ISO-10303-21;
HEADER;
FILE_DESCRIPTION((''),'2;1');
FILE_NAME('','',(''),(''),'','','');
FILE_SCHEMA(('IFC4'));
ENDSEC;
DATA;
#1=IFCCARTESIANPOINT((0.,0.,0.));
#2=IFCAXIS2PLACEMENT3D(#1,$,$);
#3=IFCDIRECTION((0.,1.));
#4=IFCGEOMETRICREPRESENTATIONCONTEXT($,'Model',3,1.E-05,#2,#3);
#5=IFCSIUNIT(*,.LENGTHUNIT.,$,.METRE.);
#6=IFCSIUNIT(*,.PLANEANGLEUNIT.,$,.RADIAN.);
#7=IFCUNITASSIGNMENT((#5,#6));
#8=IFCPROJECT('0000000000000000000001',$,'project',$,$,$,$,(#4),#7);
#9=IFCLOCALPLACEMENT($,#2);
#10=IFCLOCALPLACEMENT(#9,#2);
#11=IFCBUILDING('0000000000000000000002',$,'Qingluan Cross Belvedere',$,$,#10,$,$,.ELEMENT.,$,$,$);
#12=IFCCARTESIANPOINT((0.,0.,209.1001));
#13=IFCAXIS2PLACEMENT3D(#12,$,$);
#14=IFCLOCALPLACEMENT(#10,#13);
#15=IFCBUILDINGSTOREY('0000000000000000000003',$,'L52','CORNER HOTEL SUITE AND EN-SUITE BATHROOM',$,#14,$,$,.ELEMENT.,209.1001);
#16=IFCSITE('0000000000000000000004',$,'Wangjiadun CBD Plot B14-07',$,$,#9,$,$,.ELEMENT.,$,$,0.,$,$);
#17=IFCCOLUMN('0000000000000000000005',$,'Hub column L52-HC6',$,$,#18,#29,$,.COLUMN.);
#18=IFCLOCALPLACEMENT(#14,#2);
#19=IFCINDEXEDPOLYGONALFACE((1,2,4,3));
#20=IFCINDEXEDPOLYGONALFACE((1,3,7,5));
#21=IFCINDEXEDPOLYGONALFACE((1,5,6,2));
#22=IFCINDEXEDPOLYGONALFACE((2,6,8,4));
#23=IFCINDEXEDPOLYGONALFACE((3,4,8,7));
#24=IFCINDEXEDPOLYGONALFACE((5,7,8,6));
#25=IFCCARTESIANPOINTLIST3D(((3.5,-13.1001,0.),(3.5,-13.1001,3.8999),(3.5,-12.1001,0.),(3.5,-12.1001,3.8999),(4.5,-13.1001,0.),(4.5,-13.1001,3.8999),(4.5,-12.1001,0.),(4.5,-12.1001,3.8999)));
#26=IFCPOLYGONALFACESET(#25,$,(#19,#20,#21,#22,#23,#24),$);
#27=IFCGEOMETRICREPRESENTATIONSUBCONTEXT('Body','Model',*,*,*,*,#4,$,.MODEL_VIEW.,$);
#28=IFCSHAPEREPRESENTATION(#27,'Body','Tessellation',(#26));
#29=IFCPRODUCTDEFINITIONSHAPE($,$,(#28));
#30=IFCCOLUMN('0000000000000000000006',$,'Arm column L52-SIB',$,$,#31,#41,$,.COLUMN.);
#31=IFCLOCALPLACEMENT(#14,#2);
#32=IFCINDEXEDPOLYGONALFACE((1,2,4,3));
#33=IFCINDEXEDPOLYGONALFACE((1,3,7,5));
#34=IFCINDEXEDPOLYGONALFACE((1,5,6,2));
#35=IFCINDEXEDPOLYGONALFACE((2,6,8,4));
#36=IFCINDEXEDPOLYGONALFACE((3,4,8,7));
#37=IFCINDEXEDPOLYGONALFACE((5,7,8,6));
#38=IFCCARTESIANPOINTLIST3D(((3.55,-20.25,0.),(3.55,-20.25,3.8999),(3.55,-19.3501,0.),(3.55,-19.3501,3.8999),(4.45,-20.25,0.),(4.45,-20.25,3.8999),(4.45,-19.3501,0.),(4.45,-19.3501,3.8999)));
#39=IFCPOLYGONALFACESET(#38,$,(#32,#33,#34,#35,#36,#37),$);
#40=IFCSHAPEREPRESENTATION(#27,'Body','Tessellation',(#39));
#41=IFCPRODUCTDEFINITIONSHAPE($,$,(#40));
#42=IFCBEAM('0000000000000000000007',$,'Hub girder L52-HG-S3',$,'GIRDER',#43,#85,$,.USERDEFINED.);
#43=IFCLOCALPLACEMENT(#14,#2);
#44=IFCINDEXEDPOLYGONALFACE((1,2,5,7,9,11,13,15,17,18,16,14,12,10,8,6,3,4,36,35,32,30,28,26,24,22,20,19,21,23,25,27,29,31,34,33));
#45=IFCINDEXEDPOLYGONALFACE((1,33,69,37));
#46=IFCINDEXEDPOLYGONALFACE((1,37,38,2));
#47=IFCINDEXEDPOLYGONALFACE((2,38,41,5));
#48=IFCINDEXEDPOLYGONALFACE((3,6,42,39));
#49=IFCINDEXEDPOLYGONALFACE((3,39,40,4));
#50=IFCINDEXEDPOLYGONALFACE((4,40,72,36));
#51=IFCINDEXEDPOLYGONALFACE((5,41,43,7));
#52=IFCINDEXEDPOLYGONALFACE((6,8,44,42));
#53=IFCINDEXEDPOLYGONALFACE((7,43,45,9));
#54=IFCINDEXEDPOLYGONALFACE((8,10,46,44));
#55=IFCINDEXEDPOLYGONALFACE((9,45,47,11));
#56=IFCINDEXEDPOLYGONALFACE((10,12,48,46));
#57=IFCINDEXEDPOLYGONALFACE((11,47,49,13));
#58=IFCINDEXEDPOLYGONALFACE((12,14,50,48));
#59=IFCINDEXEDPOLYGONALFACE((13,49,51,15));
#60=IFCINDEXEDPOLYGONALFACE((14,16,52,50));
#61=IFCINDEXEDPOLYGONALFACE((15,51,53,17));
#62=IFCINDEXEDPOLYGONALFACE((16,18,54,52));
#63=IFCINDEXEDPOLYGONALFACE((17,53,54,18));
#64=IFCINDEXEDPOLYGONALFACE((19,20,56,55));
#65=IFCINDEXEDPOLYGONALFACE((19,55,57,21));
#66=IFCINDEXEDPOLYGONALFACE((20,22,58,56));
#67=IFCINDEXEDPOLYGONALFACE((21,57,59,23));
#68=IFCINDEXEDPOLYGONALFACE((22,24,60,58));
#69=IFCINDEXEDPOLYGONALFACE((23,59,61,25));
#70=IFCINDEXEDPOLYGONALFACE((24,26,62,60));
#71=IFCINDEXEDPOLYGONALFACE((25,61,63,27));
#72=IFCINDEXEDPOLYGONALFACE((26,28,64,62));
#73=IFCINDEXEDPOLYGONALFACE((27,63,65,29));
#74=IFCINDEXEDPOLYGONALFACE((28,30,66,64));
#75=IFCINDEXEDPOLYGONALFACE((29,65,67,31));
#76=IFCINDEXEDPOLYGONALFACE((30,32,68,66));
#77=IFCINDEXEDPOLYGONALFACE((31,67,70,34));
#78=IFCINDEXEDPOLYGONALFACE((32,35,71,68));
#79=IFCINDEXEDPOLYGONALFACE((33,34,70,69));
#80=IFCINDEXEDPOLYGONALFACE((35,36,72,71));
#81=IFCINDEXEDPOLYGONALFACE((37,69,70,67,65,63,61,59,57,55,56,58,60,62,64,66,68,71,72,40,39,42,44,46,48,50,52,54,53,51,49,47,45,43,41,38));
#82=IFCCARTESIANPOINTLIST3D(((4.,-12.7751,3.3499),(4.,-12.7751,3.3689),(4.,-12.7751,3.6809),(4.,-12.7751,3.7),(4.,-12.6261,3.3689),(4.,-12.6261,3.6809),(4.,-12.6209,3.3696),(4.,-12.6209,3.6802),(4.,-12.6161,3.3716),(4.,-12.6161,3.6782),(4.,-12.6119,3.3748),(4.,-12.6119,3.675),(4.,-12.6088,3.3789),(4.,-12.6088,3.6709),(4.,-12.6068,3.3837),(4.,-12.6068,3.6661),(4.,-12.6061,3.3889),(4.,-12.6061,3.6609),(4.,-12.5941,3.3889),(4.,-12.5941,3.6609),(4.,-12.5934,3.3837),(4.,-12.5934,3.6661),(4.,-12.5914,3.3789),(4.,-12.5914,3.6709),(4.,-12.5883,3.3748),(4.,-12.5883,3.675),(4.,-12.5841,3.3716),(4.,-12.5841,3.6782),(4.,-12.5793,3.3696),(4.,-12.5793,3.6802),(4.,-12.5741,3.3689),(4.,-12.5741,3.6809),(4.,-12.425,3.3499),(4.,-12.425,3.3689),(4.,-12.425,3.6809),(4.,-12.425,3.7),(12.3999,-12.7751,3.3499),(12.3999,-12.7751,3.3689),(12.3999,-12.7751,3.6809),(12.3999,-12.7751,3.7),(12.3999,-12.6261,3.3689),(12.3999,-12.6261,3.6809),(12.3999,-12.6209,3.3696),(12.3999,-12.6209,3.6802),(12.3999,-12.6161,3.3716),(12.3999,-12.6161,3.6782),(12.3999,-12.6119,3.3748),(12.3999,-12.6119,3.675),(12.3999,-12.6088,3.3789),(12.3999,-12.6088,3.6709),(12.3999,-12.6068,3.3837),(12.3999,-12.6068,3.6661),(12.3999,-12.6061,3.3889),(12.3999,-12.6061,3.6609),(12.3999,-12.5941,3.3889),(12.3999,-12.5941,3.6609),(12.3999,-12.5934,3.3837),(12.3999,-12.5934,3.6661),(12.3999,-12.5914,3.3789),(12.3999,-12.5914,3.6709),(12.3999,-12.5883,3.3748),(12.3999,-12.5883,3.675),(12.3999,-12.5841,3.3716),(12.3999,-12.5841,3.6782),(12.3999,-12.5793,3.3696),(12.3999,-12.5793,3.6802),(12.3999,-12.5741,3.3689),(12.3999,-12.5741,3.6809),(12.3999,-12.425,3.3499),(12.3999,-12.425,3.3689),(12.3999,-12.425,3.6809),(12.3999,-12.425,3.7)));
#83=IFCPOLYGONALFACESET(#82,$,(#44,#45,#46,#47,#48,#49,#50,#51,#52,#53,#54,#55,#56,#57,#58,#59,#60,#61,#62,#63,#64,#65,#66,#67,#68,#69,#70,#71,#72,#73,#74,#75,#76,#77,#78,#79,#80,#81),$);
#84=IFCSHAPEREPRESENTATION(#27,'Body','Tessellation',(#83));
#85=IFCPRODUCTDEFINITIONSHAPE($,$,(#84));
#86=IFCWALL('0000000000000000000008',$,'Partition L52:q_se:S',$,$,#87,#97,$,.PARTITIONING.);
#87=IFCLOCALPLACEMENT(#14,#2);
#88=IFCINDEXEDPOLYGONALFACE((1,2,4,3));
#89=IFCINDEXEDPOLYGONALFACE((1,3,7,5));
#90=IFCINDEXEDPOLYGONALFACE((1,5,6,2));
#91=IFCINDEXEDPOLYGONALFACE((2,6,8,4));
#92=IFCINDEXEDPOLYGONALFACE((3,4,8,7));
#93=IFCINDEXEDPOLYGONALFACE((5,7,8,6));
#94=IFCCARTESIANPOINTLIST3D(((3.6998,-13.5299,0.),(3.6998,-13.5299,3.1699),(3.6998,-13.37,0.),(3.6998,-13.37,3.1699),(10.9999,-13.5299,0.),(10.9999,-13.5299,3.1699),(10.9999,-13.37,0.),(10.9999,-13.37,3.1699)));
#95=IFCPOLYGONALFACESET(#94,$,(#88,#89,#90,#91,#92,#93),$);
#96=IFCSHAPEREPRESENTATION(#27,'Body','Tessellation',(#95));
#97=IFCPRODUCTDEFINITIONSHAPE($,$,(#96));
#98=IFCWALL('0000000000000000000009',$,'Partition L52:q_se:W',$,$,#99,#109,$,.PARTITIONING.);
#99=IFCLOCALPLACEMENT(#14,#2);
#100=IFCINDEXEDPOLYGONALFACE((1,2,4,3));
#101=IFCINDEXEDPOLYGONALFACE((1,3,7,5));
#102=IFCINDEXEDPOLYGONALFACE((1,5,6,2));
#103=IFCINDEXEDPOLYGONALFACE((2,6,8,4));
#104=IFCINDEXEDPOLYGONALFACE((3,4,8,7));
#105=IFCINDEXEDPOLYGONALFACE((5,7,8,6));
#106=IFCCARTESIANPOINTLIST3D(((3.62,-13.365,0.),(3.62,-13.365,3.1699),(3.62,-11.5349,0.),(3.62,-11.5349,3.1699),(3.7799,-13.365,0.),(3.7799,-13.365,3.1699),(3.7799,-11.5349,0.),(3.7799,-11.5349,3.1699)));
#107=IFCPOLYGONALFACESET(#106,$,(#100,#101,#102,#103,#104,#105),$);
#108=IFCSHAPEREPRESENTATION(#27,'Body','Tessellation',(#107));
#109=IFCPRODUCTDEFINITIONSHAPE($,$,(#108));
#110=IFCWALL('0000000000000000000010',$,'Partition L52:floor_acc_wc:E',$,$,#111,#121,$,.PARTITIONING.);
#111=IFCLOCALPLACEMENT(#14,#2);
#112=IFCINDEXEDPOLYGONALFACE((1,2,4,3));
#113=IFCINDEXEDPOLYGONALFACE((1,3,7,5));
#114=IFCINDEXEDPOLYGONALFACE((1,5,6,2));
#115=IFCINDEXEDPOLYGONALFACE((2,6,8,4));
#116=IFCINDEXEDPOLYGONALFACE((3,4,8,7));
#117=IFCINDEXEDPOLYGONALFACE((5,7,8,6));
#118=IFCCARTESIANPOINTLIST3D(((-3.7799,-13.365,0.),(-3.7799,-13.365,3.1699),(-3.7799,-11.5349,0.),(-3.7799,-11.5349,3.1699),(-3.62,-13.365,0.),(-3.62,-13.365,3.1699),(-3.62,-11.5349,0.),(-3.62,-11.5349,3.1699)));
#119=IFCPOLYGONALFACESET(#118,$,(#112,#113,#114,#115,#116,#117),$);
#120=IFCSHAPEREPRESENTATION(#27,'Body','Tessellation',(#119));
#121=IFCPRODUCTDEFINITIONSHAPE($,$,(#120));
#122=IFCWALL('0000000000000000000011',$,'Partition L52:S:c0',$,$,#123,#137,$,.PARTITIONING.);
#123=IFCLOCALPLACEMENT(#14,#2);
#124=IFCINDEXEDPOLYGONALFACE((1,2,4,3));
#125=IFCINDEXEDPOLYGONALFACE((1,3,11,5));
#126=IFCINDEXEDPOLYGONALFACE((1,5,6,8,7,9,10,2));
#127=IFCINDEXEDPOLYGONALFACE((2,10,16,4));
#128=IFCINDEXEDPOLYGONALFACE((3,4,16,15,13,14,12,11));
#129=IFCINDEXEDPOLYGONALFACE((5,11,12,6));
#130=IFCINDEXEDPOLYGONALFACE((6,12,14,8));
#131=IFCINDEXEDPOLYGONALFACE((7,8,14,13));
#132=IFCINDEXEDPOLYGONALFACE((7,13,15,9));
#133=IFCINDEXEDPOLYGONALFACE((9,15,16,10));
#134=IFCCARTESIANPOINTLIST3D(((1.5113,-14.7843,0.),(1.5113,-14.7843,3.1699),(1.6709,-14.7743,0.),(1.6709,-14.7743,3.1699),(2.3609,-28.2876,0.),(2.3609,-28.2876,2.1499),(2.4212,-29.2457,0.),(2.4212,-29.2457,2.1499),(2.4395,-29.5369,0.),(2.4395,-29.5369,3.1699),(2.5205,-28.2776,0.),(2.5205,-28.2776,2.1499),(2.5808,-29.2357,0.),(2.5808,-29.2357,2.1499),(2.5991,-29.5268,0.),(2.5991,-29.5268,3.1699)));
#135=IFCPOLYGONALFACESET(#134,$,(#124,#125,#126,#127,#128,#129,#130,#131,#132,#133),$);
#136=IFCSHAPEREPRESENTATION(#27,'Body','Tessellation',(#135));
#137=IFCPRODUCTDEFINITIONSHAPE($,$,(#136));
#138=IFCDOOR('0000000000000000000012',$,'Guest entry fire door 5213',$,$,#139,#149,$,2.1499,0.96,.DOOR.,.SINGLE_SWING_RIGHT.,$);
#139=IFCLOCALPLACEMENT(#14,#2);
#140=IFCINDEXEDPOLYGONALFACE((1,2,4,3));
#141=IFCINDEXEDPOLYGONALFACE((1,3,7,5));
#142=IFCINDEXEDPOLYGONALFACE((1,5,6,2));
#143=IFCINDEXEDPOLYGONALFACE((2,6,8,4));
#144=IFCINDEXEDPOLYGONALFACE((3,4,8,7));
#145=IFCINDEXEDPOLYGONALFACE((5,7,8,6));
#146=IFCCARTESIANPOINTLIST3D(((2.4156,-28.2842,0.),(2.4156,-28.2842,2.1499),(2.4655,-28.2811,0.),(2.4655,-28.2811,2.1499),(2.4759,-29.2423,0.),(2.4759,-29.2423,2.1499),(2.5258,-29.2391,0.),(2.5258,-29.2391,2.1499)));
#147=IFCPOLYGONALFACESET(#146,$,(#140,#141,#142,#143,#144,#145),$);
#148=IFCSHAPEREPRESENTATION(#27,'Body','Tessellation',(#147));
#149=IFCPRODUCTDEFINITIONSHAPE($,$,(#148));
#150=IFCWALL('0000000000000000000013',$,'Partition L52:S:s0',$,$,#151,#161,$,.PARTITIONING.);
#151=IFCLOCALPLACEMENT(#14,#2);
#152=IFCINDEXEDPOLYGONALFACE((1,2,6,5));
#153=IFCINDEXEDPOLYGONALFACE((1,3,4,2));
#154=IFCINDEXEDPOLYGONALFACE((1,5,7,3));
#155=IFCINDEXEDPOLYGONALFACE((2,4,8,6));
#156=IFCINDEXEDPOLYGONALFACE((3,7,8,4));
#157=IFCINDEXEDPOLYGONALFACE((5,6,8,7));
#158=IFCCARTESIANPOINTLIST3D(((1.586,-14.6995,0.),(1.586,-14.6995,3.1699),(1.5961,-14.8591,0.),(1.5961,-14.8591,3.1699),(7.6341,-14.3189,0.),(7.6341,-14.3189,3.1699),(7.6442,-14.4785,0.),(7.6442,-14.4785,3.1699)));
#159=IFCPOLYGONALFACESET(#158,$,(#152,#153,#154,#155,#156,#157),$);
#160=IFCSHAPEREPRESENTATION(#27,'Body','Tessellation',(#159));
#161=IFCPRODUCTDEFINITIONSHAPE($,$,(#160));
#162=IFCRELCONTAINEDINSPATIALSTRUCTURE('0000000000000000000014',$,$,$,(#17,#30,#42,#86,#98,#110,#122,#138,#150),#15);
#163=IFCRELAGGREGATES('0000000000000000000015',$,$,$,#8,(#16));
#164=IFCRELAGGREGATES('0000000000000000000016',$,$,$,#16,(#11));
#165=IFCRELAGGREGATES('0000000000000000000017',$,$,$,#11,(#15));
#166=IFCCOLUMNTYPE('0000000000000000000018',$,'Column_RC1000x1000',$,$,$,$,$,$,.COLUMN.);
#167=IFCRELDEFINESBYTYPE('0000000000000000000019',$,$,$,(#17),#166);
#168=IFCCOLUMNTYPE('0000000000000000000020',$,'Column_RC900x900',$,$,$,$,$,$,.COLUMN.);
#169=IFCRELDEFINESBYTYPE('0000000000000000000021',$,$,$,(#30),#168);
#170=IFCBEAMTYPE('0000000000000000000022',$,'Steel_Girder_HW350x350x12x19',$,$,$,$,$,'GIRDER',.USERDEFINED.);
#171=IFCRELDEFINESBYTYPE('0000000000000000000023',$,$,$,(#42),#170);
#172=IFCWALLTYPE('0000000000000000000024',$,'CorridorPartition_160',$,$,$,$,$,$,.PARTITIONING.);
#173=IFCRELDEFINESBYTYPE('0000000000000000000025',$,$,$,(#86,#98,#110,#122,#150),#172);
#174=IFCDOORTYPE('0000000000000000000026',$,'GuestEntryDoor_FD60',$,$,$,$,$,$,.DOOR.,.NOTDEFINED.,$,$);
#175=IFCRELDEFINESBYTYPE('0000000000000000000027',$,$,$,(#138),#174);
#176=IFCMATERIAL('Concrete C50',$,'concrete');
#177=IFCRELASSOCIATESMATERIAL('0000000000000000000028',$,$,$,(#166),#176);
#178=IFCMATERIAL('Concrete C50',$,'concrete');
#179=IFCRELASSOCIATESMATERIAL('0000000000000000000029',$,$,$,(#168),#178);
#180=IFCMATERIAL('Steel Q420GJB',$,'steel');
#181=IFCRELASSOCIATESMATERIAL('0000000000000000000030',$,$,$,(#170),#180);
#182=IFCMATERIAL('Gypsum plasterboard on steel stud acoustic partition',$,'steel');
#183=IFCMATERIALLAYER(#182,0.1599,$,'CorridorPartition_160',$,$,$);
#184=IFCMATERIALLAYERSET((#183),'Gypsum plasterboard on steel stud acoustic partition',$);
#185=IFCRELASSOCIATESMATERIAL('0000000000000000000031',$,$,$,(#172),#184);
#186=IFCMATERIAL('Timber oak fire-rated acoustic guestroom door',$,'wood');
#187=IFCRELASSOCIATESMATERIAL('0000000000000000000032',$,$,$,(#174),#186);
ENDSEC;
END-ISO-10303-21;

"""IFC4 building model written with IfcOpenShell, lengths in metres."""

from ifc_helpers import new_model, si_unit, direction, frame, frame_2d, origin, origin_2d, place, context, subcontext, project, spatial, rectangle, i_section, extrude, material, layer, layer_set, material_profile, profile_set, type_object, element, fill, save


model = new_model("IFC4")

# Units and contexts
model_context = context("Model", 3, precision=1e-05, world=origin(), true_north=direction((0.0, 1.0)))
body_context = subcontext(model_context, "Body", "Model", "MODEL_VIEW")
ifc_project = project(units=[si_unit("LENGTHUNIT", "METRE"), si_unit("PLANEANGLEUNIT", "RADIAN")], contexts=[model_context])

# Site, building, storey
site_placement = place(None, origin())
site = spatial("IfcSite", under=ifc_project, at=site_placement, Name="Wangjiadun CBD Plot B14-07", CompositionType="ELEMENT", RefElevation=0.0)
building_placement = place(site_placement, origin())
building = spatial("IfcBuilding", under=site, at=building_placement, Name="Qingluan Cross Belvedere", CompositionType="ELEMENT")
storey_placement = place(building_placement, frame((0.0, 0.0, 209.1001)))
storey = spatial("IfcBuildingStorey", under=building, at=storey_placement, Name="L52", Description="CORNER HOTEL SUITE AND EN-SUITE BATHROOM", CompositionType="ELEMENT", Elevation=209.1001)

# Columns
ifc_material_1 = material(Name="Concrete C50", Category="concrete")
ifc_material_profile_1 = material_profile(ifc_material_1, rectangle(XDim=1.0, YDim=1.0, at=origin_2d()), Name="RC1000x1000")
ifc_profile_set_1 = profile_set([ifc_material_profile_1], Name="Concrete C50")
column_type_1 = type_object("IfcColumnType", Name="Column_RC1000x1000", PredefinedType="COLUMN", material=ifc_profile_set_1)
column_1_placement = place(storey_placement, frame((4.0, -12.6001, 0.0), z_axis=(0.0, 0.0, 1.0), x_axis=(1.0, 0.0, 0.0)))
element("IfcColumn", 1, at=column_1_placement, inside=storey, type_object=column_type_1, Name="Hub column L52-HC6", PredefinedType="COLUMN", context=body_context, shape_type="SweptSolid", body=[
    extrude(rectangle(XDim=1.0, YDim=1.0, at=origin_2d()), origin(), (0.0, 0.0, 1.0), 3.8999),
])
ifc_material_2 = material(Name="Concrete C50", Category="concrete")
ifc_material_profile_2 = material_profile(ifc_material_2, rectangle(XDim=0.8999, YDim=0.8999, at=origin_2d()), Name="RC900x900")
ifc_profile_set_2 = profile_set([ifc_material_profile_2], Name="Concrete C50")
column_type_2 = type_object("IfcColumnType", Name="Column_RC900x900", PredefinedType="COLUMN", material=ifc_profile_set_2)
column_2_placement = place(storey_placement, frame((4.0, -19.8, 0.0), z_axis=(0.0, 0.0, 1.0), x_axis=(1.0, 0.0, 0.0)))
element("IfcColumn", 2, at=column_2_placement, inside=storey, type_object=column_type_2, Name="Arm column L52-SIB", PredefinedType="COLUMN", context=body_context, shape_type="SweptSolid", body=[
    extrude(rectangle(XDim=0.8999, YDim=0.8999, at=origin_2d()), origin(), (0.0, 0.0, 1.0), 3.8999),
])

# Beam
ifc_material_3 = material(Name="Steel Q420GJB", Category="steel")
ifc_material_profile_3 = material_profile(ifc_material_3, i_section(OverallWidth=0.3501, OverallDepth=0.3501, WebThickness=0.012, FlangeThickness=0.019, FilletRadius=0.02, at=origin_2d()), Name="HW350x350x12x19")
ifc_profile_set_3 = profile_set([ifc_material_profile_3], Name="Steel Q420GJB")
beam_type = type_object("IfcBeamType", Name="Steel_Girder_HW350x350x12x19", ElementType="GIRDER", PredefinedType="USERDEFINED", material=ifc_profile_set_3)
beam_placement = place(storey_placement, frame((4.0, -12.6001, 3.5249), z_axis=(1.0, 0.0, 0.0), x_axis=(0.0, 1.0, 0.0)))
element("IfcBeam", 3, at=beam_placement, inside=storey, type_object=beam_type, Name="Hub girder L52-HG-S3", ObjectType="GIRDER", PredefinedType="USERDEFINED", context=body_context, shape_type="SweptSolid", body=[
    extrude(i_section(OverallWidth=0.3501, OverallDepth=0.3501, WebThickness=0.012, FlangeThickness=0.019, FilletRadius=0.02, at=origin_2d()), origin(), (0.0, 0.0, 1.0), 8.3999),
])

# Walls
ifc_material_4 = material(Name="Gypsum plasterboard on steel stud acoustic partition", Category="steel")
ifc_layer_1 = layer(ifc_material_4, 0.1599, Name="CorridorPartition_160")
ifc_layer_set_1 = layer_set([ifc_layer_1], Name="Gypsum plasterboard on steel stud acoustic partition")
wall_type_1 = type_object("IfcWallType", Name="CorridorPartition_160", PredefinedType="PARTITIONING", material=ifc_layer_set_1)
wall_1_placement = place(storey_placement, frame((3.7, -13.45, 0.0), z_axis=(0.0, 0.0, 1.0), x_axis=(1.0, 0.0, 0.0)))
element("IfcWall", 4, at=wall_1_placement, inside=storey, type_object=wall_type_1, Name="Partition L52:q_se:S", PredefinedType="PARTITIONING", context=body_context, shape_type="SweptSolid", body=[
    extrude(rectangle(XDim=7.3, YDim=0.1599, at=frame_2d((3.6499, 0.0))), origin(), (0.0, 0.0, 1.0), 3.1699),
])
for number, where, z_axis, x_axis, name in (
    (5, (3.7, -13.365, 0.0), (0.0, 0.0, 1.0), (0.0, 1.0, 0.0), "Partition L52:q_se:W"),
    (6, (-3.7, -13.365, 0.0), (0.0, 0.0, 1.0), (0.0, 1.0, 0.0), "Partition L52:floor_acc_wc:E"),
):
    element("IfcWall", number, at=place(storey_placement, frame(where, z_axis=z_axis, x_axis=x_axis)), inside=storey, type_object=wall_type_1, Name=name, PredefinedType="PARTITIONING", context=body_context, shape_type="SweptSolid", body=[
        extrude(rectangle(XDim=1.8301, YDim=0.1599, at=frame_2d((0.915, 0.0))), origin(), (0.0, 0.0, 1.0), 3.1699),
    ])

# Wall, opening, door
wall_2_placement = place(storey_placement, frame((1.5911, -14.7793, 0.0), z_axis=(0.0, 0.0, 1.0), x_axis=(0.062795, -0.998026, 0.0)))
wall_2 = element("IfcWall", 7, at=wall_2_placement, inside=storey, type_object=wall_type_1, Name="Partition L52:S:c0", PredefinedType="PARTITIONING", context=body_context, shape_type="SweptSolid", body=[
    extrude(rectangle(XDim=14.7817, YDim=0.1599, at=frame_2d((7.3909, 0.0))), origin(), (0.0, 0.0, 1.0), 3.1699),
])
opening_1_placement = place(wall_2_placement, frame((13.53, 0.0, 0.0)))
opening_1 = element("IfcOpeningElement", 8, at=opening_1_placement, cuts=wall_2, PredefinedType="OPENING", context=body_context, shape_type="SweptSolid", body=[
    extrude(rectangle(XDim=0.96, YDim=2.1499, at=frame_2d((0.48, 1.075))), frame((0.0, 0.0898, 0.0), z_axis=(0.0, -1.0, 0.0), x_axis=(1.0, 0.0, 0.0)), (0.0, 0.0, 1.0), 0.1799),
])
ifc_material_5 = material(Name="Timber oak fire-rated acoustic guestroom door", Category="wood")
door_type_1 = type_object("IfcDoorType", Name="GuestEntryDoor_FD60", OperationType="NOTDEFINED", PredefinedType="DOOR", material=ifc_material_5)
door_1_placement = place(opening_1_placement, origin())
door_1 = element("IfcDoor", 9, at=door_1_placement, inside=storey, type_object=door_type_1, Name="Guest entry fire door 5213", OperationType="SINGLE_SWING_RIGHT", OverallHeight=2.1499, OverallWidth=0.96, PredefinedType="DOOR", context=body_context, shape_type="SweptSolid", body=[
    extrude(rectangle(XDim=0.96, YDim=2.1499, at=frame_2d((0.48, 1.075))), frame((0.0, 0.0249, 0.0), z_axis=(0.0, -1.0, 0.0), x_axis=(1.0, 0.0, 0.0)), (0.0, 0.0, 1.0), 0.05),
])
fill(opening_1, door_1)

# Wall
wall_3_placement = place(storey_placement, frame((1.5911, -14.7793, 0.0), z_axis=(0.0, 0.0, 1.0), x_axis=(0.998026, 0.062807, 0.0)))
element("IfcWall", 10, at=wall_3_placement, inside=storey, type_object=wall_type_1, Name="Partition L52:S:s0", PredefinedType="PARTITIONING", context=body_context, shape_type="SweptSolid", body=[
    extrude(rectangle(XDim=6.0601, YDim=0.1599, at=frame_2d((3.03, 0.0))), origin(), (0.0, 0.0, 1.0), 3.1699),
])

save(model, "model.ifc")
